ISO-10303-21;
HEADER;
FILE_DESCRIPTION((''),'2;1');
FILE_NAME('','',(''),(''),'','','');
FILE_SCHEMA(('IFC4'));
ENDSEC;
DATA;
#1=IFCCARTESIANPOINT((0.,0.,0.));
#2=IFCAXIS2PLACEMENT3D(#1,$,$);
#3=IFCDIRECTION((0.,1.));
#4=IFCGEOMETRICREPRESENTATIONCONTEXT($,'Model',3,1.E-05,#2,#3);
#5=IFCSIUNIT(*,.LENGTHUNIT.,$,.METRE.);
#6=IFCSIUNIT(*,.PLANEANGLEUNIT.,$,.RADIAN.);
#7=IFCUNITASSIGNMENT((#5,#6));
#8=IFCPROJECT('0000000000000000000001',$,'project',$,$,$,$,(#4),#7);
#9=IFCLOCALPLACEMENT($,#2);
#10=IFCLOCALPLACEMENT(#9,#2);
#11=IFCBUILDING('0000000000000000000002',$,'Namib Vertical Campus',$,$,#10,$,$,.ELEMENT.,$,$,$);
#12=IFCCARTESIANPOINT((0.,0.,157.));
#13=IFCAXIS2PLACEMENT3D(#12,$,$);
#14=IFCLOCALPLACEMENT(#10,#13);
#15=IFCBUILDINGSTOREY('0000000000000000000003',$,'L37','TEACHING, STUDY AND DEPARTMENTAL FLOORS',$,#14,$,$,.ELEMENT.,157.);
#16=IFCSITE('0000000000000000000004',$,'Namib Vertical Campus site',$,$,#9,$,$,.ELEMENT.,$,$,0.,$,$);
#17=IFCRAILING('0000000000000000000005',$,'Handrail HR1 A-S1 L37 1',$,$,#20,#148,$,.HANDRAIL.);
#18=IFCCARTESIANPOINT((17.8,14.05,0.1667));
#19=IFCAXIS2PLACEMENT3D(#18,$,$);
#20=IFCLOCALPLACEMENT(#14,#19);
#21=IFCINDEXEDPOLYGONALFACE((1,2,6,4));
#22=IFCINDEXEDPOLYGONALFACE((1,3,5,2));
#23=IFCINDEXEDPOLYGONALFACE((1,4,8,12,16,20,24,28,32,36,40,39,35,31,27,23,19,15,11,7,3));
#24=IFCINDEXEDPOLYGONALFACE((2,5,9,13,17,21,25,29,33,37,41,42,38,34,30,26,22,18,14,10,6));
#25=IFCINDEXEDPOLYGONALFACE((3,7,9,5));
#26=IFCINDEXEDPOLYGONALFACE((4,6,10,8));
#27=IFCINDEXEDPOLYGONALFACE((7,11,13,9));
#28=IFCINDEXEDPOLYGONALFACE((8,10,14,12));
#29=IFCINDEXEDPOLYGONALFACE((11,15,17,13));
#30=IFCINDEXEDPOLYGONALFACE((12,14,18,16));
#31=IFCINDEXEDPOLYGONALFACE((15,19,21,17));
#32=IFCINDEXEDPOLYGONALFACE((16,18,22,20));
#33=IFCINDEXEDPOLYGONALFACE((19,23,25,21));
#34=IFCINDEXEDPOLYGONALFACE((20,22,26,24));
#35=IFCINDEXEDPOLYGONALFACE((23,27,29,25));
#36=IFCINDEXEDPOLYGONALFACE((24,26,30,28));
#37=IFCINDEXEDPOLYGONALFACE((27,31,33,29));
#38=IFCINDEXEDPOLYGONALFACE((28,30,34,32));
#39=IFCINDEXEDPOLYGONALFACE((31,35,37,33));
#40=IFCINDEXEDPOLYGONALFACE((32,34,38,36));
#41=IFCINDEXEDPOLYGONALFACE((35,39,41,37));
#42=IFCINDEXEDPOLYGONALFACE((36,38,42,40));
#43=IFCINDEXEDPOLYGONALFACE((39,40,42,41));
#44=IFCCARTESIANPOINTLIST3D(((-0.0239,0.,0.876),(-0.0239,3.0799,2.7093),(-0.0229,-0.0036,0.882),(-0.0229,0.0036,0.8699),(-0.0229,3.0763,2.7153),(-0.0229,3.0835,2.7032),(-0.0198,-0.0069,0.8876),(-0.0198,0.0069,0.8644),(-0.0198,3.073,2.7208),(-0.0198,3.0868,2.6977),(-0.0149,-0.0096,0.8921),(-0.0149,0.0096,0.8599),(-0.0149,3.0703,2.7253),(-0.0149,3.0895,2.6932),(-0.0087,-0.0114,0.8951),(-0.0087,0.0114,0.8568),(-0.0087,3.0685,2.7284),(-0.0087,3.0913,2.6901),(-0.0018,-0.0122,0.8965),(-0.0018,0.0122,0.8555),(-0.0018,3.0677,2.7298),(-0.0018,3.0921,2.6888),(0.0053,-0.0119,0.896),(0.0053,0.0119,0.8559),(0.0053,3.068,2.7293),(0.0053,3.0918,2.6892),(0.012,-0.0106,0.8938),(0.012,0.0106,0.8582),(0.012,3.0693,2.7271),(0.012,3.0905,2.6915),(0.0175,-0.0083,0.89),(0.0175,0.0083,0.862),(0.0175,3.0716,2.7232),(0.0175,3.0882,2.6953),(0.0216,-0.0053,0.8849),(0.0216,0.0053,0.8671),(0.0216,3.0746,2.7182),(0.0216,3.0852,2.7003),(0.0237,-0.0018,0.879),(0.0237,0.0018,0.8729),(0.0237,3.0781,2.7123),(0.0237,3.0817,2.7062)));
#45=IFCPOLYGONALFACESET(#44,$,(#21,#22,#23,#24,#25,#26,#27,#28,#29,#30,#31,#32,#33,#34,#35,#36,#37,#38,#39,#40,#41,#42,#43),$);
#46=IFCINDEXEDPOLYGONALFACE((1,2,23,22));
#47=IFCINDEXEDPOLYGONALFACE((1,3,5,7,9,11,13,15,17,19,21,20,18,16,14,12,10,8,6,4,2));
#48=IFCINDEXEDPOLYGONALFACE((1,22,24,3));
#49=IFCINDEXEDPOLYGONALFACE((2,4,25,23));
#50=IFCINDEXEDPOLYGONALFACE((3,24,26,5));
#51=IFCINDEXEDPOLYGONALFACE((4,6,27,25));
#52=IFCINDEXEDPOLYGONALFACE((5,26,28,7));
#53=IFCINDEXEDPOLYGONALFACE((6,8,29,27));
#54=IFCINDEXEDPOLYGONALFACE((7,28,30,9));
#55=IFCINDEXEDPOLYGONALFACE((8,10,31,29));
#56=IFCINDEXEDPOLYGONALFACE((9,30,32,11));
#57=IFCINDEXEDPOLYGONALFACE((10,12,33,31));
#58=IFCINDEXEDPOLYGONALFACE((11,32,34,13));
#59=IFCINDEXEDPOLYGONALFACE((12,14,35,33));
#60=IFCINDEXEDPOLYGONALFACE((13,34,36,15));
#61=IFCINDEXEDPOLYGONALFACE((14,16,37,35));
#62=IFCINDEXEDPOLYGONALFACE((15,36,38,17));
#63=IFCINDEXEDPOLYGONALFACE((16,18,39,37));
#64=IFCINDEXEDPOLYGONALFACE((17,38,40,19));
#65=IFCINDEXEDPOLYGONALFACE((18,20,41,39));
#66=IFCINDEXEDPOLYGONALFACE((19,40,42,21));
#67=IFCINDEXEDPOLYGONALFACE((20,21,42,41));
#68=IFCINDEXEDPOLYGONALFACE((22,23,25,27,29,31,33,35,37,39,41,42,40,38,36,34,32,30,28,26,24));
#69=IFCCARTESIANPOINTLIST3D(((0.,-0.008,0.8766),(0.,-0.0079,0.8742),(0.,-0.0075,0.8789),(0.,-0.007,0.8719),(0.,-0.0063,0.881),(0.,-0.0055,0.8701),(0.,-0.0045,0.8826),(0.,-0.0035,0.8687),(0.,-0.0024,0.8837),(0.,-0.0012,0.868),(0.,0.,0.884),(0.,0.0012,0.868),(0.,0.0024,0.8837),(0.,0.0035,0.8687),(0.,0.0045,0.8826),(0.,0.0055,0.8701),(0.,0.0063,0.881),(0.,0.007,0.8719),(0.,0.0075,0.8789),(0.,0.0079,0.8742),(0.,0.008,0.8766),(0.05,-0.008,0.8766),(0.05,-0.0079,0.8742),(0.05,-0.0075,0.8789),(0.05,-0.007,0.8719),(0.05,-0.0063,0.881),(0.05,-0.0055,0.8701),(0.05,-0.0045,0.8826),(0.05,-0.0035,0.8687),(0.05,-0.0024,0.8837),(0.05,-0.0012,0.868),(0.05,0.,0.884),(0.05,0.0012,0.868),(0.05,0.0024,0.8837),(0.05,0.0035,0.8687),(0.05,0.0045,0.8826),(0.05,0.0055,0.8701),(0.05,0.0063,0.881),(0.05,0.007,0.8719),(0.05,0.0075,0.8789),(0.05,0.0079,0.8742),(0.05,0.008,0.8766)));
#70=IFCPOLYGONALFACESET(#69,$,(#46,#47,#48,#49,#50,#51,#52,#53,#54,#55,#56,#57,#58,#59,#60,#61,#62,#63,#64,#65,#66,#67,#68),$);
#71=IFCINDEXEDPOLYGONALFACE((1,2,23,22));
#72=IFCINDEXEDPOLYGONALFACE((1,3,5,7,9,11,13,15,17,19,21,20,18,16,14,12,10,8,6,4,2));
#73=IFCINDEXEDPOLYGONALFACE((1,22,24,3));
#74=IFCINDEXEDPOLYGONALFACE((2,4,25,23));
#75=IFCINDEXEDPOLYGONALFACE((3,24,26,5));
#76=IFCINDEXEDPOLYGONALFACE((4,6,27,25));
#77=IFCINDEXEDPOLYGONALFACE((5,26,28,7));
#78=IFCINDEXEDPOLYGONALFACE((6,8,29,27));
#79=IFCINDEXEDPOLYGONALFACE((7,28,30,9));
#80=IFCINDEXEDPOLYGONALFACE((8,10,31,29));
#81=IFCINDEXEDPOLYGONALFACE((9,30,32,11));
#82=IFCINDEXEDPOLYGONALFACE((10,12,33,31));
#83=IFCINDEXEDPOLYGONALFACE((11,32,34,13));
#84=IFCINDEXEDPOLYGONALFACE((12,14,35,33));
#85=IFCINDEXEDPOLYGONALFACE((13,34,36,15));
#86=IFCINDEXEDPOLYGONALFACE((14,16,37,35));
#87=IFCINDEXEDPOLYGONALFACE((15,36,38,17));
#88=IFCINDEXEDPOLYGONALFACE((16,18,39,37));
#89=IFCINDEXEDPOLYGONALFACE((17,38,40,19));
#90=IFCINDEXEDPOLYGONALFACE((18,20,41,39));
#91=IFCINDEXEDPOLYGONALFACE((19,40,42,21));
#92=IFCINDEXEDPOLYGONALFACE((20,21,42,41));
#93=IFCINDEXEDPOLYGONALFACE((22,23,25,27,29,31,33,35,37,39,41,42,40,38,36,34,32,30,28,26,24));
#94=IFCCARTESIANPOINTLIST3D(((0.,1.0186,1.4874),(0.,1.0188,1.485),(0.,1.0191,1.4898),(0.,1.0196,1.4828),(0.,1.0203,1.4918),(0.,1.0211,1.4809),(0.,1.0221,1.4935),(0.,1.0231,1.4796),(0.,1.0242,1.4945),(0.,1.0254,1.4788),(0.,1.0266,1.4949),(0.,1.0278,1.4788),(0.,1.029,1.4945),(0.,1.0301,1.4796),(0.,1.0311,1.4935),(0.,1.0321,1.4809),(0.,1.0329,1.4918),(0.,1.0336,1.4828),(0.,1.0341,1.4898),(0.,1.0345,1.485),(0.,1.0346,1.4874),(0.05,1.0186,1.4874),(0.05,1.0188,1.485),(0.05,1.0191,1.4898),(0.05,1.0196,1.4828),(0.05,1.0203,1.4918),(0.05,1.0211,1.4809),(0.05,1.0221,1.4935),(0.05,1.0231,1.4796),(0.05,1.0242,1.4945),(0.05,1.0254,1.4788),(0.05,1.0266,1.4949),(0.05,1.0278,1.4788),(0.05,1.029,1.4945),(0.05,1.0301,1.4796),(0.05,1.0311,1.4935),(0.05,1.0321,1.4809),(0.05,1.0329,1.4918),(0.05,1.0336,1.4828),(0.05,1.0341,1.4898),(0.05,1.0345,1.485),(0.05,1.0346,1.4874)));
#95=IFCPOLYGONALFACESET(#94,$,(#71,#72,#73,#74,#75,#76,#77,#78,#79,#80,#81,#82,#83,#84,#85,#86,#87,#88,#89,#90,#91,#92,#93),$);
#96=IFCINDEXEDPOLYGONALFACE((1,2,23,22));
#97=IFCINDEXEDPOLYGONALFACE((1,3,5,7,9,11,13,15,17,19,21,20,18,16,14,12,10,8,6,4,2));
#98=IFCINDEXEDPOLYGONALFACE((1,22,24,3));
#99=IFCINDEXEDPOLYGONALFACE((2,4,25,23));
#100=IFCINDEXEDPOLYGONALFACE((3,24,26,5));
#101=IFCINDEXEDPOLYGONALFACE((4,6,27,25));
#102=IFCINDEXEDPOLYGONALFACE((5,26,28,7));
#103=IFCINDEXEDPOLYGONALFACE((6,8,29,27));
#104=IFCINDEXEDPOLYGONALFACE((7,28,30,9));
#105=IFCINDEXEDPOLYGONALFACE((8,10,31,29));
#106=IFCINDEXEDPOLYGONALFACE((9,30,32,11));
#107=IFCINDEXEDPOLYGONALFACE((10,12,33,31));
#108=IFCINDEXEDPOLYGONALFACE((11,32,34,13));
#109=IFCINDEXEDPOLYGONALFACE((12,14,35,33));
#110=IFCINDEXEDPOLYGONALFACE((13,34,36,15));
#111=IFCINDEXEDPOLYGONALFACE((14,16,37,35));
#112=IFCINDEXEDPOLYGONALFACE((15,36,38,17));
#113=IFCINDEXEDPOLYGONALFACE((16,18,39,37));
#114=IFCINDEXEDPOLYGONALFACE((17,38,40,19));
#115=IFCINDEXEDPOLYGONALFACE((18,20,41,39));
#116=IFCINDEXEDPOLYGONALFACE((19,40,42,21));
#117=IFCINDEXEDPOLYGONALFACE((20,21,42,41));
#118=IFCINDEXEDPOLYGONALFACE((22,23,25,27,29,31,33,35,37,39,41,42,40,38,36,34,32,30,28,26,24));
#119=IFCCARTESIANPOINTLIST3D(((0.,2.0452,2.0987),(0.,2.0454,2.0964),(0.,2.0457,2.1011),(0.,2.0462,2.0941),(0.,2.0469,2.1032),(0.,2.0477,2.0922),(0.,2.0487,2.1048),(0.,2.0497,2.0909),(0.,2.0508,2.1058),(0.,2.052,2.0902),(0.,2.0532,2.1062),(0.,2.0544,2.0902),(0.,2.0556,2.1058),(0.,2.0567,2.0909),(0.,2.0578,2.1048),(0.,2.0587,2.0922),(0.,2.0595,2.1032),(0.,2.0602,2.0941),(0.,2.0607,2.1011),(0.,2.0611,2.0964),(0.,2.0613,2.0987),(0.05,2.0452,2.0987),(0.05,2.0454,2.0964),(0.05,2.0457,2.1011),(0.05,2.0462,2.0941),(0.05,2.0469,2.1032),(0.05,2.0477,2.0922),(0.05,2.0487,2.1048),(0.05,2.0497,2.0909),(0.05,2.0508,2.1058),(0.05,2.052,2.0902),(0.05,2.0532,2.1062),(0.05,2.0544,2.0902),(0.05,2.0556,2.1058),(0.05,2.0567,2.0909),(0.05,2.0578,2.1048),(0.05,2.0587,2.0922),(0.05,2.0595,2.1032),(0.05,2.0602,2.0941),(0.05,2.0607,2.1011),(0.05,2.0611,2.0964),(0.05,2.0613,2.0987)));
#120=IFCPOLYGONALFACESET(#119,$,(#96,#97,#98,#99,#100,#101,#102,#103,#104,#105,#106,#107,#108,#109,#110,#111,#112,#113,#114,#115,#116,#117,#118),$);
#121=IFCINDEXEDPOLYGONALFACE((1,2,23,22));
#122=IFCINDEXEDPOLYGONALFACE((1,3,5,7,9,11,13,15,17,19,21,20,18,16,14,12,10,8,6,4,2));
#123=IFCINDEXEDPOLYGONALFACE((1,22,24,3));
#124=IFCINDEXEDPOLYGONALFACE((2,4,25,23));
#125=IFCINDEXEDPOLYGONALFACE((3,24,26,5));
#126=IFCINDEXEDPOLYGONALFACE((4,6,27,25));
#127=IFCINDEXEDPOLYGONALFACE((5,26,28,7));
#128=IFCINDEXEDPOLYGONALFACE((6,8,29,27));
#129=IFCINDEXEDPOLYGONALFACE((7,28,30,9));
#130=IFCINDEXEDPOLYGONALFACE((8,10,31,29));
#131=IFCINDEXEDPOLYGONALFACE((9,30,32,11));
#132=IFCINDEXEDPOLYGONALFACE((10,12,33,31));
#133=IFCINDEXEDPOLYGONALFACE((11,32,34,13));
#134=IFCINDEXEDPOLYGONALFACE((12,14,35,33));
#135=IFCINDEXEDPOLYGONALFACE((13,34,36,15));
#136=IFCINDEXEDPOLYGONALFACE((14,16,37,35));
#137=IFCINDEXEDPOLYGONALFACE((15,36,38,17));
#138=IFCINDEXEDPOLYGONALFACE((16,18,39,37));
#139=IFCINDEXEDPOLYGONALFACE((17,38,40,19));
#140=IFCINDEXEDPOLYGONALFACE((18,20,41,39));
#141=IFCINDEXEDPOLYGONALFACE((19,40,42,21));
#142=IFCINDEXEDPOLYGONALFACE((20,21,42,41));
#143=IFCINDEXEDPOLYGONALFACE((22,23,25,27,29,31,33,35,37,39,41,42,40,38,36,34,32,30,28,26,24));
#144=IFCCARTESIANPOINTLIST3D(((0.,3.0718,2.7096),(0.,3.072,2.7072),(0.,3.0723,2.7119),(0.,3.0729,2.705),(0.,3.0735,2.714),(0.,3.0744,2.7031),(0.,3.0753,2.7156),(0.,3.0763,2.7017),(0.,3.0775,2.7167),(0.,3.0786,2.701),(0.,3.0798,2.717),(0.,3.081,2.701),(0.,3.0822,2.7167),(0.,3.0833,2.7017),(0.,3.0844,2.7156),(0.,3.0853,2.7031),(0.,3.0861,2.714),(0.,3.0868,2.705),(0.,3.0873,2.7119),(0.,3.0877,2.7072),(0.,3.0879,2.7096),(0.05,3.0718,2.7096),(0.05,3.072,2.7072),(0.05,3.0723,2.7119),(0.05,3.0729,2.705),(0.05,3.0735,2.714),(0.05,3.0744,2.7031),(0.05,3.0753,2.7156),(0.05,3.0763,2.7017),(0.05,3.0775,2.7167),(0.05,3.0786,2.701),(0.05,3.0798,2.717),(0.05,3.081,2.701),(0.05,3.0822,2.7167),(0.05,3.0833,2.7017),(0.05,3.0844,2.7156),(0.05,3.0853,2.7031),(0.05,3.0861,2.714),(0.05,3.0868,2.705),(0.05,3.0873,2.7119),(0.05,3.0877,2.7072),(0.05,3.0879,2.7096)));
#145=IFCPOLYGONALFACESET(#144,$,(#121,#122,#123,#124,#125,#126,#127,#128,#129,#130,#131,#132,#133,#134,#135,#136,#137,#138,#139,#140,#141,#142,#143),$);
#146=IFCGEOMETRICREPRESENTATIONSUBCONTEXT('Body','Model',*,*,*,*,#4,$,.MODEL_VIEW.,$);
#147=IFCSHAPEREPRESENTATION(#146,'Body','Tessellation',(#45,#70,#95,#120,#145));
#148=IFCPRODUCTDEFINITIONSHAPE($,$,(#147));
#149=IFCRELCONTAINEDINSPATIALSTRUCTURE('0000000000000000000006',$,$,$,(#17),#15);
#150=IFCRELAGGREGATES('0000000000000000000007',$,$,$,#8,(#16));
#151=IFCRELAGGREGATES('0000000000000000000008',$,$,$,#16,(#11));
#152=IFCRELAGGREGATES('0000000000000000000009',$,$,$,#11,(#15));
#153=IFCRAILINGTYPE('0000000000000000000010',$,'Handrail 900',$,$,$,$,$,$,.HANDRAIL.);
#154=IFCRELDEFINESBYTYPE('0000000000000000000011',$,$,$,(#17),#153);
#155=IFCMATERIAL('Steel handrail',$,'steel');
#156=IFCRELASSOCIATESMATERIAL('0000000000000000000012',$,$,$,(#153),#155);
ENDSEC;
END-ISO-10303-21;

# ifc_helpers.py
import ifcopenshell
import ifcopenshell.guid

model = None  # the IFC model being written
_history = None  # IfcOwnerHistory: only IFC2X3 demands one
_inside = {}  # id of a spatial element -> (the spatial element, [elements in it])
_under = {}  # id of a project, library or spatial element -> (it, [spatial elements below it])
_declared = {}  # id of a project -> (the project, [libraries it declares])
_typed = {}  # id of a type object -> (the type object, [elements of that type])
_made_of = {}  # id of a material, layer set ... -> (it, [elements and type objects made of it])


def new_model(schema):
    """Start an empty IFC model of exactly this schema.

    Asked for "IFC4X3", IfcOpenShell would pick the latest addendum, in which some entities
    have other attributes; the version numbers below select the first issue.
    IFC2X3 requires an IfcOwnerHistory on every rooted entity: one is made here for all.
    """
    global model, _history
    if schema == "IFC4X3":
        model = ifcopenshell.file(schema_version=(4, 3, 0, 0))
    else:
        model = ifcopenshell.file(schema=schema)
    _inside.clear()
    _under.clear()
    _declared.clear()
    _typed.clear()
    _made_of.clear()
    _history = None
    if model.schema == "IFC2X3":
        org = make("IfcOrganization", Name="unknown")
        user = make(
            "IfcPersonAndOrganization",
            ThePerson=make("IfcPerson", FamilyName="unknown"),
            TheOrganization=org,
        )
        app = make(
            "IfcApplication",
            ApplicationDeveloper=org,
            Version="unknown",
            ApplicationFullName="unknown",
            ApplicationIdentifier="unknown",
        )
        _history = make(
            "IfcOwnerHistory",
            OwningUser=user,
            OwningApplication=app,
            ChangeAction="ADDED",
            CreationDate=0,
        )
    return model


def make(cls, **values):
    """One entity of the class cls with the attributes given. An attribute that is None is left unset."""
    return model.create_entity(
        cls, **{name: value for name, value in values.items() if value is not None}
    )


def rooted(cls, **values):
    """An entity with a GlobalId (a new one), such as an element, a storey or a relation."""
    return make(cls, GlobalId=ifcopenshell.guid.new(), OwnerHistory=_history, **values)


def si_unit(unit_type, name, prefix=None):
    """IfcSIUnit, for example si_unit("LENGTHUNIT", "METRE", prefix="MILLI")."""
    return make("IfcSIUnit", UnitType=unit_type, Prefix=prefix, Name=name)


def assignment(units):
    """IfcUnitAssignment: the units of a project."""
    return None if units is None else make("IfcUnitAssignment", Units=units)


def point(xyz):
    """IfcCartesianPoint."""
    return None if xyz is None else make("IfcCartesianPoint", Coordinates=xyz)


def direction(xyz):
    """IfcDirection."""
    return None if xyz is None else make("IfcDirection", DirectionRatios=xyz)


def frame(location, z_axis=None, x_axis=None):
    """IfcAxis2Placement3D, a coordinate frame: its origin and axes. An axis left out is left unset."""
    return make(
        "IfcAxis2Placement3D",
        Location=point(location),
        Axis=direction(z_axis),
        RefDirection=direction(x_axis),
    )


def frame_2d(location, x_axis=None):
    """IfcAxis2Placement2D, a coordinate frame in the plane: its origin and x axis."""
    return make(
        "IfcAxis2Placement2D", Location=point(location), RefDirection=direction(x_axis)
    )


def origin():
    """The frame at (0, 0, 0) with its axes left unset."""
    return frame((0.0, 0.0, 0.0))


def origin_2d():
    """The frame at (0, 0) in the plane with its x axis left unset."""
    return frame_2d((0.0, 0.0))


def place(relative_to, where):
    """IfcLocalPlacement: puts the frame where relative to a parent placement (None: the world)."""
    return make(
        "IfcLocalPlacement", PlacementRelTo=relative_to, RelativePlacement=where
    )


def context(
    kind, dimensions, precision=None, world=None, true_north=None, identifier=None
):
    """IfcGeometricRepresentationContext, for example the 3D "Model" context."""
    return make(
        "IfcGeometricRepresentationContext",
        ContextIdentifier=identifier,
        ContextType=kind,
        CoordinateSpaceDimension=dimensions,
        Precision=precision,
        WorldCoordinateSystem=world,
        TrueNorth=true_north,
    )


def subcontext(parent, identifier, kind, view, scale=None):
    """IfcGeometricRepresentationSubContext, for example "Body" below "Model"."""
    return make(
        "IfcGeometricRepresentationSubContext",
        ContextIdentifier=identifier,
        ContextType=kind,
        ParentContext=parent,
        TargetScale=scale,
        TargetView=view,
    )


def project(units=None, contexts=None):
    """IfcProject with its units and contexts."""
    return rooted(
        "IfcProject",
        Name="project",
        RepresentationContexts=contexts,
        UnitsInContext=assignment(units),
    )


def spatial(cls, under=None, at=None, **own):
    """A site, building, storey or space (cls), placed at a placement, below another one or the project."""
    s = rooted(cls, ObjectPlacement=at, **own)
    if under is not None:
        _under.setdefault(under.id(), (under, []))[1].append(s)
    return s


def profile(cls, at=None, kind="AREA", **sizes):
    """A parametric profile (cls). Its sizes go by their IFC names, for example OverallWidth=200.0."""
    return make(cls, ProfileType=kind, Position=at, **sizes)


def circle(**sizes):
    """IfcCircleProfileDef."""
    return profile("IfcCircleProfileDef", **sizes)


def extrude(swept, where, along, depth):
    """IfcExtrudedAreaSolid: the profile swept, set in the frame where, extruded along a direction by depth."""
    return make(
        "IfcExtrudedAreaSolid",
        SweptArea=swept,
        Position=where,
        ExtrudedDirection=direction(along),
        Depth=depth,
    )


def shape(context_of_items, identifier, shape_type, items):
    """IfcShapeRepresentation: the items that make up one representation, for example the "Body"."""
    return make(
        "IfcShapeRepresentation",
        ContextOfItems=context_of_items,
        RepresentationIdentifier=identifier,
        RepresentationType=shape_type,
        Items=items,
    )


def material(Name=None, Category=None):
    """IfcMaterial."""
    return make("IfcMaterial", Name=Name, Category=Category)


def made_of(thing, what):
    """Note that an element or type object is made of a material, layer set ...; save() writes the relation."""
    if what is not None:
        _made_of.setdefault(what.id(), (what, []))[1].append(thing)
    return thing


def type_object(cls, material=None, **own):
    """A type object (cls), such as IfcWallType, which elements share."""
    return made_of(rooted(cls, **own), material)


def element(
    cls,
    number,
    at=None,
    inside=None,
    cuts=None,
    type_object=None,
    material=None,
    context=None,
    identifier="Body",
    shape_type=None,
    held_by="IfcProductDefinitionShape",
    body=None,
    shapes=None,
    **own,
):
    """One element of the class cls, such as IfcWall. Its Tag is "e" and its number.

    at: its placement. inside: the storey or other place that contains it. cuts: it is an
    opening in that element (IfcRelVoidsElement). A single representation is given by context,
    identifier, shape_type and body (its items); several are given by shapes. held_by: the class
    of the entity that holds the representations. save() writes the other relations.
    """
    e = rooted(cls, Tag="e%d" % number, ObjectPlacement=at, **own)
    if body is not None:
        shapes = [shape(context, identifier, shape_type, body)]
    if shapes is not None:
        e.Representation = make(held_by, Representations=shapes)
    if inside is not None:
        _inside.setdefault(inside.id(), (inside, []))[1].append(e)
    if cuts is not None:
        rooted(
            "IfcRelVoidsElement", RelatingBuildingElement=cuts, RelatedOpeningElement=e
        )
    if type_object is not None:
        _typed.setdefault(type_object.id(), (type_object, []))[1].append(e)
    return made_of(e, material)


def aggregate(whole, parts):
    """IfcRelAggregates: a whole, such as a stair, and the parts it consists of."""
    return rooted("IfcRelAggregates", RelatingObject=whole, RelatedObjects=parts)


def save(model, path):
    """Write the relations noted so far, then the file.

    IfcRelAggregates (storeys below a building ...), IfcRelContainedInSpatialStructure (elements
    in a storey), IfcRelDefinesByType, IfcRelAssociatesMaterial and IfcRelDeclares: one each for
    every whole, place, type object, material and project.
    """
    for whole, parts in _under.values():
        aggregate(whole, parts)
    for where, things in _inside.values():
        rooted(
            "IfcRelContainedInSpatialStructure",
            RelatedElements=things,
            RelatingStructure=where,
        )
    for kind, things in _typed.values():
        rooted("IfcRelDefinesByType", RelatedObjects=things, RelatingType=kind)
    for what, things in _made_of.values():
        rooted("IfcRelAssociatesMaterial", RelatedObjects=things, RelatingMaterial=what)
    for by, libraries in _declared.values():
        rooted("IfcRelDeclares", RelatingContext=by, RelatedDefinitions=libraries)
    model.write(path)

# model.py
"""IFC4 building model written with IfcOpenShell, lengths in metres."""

from ifc_helpers import new_model, si_unit, direction, frame, origin, origin_2d, place, context, subcontext, project, spatial, circle, extrude, material, type_object, element, save


model = new_model("IFC4")

# Units and contexts
model_context = context("Model", 3, precision=1e-05, world=origin(), true_north=direction((0.0, 1.0)))
body_context = subcontext(model_context, "Body", "Model", "MODEL_VIEW")
ifc_project = project(units=[si_unit("LENGTHUNIT", "METRE"), si_unit("PLANEANGLEUNIT", "RADIAN")], contexts=[model_context])

# Site, building, storey
site_placement = place(None, origin())
site = spatial("IfcSite", under=ifc_project, at=site_placement, Name="Namib Vertical Campus site", CompositionType="ELEMENT", RefElevation=0.0)
building_placement = place(site_placement, origin())
building = spatial("IfcBuilding", under=site, at=building_placement, Name="Namib Vertical Campus", CompositionType="ELEMENT")
storey_placement = place(building_placement, frame((0.0, 0.0, 157.0)))
storey = spatial("IfcBuildingStorey", under=building, at=storey_placement, Name="L37", Description="TEACHING, STUDY AND DEPARTMENTAL FLOORS", CompositionType="ELEMENT", Elevation=157.0)

# Railing
ifc_material_1 = material(Name="Steel handrail", Category="steel")
railing_type_1 = type_object("IfcRailingType", Name="Handrail 900", PredefinedType="HANDRAIL", material=ifc_material_1)
railing_1_placement = place(storey_placement, frame((17.8, 14.05, 0.1667)))
element("IfcRailing", 1, at=railing_1_placement, inside=storey, type_object=railing_type_1, Name="Handrail HR1 A-S1 L37 1", PredefinedType="HANDRAIL", context=body_context, shape_type="SweptSolid", body=[
    extrude(circle(Radius=0.0239, at=origin_2d()), frame((0.0, 0.0, 0.876), z_axis=(0.0, 0.859291, 0.511487), x_axis=(-1.0, 0.0, 0.0)), (0.0, 0.0, 1.0), 3.5842),
    extrude(circle(Radius=0.0081, at=origin_2d()), frame((0.0, 0.0, 0.876), z_axis=(1.0, 0.0, 0.0), x_axis=(0.0, 0.0, 1.0)), (0.0, 0.0, 1.0), 0.05),
    extrude(circle(Radius=0.0081, at=origin_2d()), frame((0.0, 1.0266, 1.4868), z_axis=(1.0, 0.0, 0.0), x_axis=(0.0, 0.0, 1.0)), (0.0, 0.0, 1.0), 0.05),
    extrude(circle(Radius=0.0081, at=origin_2d()), frame((0.0, 2.0532, 2.0981), z_axis=(1.0, 0.0, 0.0), x_axis=(0.0, 0.0, 1.0)), (0.0, 0.0, 1.0), 0.05),
    extrude(circle(Radius=0.0081, at=origin_2d()), frame((0.0, 3.0798, 2.709), z_axis=(1.0, 0.0, 0.0), x_axis=(0.0, 0.0, 1.0)), (0.0, 0.0, 1.0), 0.05),
])

save(model, "model.ifc")
